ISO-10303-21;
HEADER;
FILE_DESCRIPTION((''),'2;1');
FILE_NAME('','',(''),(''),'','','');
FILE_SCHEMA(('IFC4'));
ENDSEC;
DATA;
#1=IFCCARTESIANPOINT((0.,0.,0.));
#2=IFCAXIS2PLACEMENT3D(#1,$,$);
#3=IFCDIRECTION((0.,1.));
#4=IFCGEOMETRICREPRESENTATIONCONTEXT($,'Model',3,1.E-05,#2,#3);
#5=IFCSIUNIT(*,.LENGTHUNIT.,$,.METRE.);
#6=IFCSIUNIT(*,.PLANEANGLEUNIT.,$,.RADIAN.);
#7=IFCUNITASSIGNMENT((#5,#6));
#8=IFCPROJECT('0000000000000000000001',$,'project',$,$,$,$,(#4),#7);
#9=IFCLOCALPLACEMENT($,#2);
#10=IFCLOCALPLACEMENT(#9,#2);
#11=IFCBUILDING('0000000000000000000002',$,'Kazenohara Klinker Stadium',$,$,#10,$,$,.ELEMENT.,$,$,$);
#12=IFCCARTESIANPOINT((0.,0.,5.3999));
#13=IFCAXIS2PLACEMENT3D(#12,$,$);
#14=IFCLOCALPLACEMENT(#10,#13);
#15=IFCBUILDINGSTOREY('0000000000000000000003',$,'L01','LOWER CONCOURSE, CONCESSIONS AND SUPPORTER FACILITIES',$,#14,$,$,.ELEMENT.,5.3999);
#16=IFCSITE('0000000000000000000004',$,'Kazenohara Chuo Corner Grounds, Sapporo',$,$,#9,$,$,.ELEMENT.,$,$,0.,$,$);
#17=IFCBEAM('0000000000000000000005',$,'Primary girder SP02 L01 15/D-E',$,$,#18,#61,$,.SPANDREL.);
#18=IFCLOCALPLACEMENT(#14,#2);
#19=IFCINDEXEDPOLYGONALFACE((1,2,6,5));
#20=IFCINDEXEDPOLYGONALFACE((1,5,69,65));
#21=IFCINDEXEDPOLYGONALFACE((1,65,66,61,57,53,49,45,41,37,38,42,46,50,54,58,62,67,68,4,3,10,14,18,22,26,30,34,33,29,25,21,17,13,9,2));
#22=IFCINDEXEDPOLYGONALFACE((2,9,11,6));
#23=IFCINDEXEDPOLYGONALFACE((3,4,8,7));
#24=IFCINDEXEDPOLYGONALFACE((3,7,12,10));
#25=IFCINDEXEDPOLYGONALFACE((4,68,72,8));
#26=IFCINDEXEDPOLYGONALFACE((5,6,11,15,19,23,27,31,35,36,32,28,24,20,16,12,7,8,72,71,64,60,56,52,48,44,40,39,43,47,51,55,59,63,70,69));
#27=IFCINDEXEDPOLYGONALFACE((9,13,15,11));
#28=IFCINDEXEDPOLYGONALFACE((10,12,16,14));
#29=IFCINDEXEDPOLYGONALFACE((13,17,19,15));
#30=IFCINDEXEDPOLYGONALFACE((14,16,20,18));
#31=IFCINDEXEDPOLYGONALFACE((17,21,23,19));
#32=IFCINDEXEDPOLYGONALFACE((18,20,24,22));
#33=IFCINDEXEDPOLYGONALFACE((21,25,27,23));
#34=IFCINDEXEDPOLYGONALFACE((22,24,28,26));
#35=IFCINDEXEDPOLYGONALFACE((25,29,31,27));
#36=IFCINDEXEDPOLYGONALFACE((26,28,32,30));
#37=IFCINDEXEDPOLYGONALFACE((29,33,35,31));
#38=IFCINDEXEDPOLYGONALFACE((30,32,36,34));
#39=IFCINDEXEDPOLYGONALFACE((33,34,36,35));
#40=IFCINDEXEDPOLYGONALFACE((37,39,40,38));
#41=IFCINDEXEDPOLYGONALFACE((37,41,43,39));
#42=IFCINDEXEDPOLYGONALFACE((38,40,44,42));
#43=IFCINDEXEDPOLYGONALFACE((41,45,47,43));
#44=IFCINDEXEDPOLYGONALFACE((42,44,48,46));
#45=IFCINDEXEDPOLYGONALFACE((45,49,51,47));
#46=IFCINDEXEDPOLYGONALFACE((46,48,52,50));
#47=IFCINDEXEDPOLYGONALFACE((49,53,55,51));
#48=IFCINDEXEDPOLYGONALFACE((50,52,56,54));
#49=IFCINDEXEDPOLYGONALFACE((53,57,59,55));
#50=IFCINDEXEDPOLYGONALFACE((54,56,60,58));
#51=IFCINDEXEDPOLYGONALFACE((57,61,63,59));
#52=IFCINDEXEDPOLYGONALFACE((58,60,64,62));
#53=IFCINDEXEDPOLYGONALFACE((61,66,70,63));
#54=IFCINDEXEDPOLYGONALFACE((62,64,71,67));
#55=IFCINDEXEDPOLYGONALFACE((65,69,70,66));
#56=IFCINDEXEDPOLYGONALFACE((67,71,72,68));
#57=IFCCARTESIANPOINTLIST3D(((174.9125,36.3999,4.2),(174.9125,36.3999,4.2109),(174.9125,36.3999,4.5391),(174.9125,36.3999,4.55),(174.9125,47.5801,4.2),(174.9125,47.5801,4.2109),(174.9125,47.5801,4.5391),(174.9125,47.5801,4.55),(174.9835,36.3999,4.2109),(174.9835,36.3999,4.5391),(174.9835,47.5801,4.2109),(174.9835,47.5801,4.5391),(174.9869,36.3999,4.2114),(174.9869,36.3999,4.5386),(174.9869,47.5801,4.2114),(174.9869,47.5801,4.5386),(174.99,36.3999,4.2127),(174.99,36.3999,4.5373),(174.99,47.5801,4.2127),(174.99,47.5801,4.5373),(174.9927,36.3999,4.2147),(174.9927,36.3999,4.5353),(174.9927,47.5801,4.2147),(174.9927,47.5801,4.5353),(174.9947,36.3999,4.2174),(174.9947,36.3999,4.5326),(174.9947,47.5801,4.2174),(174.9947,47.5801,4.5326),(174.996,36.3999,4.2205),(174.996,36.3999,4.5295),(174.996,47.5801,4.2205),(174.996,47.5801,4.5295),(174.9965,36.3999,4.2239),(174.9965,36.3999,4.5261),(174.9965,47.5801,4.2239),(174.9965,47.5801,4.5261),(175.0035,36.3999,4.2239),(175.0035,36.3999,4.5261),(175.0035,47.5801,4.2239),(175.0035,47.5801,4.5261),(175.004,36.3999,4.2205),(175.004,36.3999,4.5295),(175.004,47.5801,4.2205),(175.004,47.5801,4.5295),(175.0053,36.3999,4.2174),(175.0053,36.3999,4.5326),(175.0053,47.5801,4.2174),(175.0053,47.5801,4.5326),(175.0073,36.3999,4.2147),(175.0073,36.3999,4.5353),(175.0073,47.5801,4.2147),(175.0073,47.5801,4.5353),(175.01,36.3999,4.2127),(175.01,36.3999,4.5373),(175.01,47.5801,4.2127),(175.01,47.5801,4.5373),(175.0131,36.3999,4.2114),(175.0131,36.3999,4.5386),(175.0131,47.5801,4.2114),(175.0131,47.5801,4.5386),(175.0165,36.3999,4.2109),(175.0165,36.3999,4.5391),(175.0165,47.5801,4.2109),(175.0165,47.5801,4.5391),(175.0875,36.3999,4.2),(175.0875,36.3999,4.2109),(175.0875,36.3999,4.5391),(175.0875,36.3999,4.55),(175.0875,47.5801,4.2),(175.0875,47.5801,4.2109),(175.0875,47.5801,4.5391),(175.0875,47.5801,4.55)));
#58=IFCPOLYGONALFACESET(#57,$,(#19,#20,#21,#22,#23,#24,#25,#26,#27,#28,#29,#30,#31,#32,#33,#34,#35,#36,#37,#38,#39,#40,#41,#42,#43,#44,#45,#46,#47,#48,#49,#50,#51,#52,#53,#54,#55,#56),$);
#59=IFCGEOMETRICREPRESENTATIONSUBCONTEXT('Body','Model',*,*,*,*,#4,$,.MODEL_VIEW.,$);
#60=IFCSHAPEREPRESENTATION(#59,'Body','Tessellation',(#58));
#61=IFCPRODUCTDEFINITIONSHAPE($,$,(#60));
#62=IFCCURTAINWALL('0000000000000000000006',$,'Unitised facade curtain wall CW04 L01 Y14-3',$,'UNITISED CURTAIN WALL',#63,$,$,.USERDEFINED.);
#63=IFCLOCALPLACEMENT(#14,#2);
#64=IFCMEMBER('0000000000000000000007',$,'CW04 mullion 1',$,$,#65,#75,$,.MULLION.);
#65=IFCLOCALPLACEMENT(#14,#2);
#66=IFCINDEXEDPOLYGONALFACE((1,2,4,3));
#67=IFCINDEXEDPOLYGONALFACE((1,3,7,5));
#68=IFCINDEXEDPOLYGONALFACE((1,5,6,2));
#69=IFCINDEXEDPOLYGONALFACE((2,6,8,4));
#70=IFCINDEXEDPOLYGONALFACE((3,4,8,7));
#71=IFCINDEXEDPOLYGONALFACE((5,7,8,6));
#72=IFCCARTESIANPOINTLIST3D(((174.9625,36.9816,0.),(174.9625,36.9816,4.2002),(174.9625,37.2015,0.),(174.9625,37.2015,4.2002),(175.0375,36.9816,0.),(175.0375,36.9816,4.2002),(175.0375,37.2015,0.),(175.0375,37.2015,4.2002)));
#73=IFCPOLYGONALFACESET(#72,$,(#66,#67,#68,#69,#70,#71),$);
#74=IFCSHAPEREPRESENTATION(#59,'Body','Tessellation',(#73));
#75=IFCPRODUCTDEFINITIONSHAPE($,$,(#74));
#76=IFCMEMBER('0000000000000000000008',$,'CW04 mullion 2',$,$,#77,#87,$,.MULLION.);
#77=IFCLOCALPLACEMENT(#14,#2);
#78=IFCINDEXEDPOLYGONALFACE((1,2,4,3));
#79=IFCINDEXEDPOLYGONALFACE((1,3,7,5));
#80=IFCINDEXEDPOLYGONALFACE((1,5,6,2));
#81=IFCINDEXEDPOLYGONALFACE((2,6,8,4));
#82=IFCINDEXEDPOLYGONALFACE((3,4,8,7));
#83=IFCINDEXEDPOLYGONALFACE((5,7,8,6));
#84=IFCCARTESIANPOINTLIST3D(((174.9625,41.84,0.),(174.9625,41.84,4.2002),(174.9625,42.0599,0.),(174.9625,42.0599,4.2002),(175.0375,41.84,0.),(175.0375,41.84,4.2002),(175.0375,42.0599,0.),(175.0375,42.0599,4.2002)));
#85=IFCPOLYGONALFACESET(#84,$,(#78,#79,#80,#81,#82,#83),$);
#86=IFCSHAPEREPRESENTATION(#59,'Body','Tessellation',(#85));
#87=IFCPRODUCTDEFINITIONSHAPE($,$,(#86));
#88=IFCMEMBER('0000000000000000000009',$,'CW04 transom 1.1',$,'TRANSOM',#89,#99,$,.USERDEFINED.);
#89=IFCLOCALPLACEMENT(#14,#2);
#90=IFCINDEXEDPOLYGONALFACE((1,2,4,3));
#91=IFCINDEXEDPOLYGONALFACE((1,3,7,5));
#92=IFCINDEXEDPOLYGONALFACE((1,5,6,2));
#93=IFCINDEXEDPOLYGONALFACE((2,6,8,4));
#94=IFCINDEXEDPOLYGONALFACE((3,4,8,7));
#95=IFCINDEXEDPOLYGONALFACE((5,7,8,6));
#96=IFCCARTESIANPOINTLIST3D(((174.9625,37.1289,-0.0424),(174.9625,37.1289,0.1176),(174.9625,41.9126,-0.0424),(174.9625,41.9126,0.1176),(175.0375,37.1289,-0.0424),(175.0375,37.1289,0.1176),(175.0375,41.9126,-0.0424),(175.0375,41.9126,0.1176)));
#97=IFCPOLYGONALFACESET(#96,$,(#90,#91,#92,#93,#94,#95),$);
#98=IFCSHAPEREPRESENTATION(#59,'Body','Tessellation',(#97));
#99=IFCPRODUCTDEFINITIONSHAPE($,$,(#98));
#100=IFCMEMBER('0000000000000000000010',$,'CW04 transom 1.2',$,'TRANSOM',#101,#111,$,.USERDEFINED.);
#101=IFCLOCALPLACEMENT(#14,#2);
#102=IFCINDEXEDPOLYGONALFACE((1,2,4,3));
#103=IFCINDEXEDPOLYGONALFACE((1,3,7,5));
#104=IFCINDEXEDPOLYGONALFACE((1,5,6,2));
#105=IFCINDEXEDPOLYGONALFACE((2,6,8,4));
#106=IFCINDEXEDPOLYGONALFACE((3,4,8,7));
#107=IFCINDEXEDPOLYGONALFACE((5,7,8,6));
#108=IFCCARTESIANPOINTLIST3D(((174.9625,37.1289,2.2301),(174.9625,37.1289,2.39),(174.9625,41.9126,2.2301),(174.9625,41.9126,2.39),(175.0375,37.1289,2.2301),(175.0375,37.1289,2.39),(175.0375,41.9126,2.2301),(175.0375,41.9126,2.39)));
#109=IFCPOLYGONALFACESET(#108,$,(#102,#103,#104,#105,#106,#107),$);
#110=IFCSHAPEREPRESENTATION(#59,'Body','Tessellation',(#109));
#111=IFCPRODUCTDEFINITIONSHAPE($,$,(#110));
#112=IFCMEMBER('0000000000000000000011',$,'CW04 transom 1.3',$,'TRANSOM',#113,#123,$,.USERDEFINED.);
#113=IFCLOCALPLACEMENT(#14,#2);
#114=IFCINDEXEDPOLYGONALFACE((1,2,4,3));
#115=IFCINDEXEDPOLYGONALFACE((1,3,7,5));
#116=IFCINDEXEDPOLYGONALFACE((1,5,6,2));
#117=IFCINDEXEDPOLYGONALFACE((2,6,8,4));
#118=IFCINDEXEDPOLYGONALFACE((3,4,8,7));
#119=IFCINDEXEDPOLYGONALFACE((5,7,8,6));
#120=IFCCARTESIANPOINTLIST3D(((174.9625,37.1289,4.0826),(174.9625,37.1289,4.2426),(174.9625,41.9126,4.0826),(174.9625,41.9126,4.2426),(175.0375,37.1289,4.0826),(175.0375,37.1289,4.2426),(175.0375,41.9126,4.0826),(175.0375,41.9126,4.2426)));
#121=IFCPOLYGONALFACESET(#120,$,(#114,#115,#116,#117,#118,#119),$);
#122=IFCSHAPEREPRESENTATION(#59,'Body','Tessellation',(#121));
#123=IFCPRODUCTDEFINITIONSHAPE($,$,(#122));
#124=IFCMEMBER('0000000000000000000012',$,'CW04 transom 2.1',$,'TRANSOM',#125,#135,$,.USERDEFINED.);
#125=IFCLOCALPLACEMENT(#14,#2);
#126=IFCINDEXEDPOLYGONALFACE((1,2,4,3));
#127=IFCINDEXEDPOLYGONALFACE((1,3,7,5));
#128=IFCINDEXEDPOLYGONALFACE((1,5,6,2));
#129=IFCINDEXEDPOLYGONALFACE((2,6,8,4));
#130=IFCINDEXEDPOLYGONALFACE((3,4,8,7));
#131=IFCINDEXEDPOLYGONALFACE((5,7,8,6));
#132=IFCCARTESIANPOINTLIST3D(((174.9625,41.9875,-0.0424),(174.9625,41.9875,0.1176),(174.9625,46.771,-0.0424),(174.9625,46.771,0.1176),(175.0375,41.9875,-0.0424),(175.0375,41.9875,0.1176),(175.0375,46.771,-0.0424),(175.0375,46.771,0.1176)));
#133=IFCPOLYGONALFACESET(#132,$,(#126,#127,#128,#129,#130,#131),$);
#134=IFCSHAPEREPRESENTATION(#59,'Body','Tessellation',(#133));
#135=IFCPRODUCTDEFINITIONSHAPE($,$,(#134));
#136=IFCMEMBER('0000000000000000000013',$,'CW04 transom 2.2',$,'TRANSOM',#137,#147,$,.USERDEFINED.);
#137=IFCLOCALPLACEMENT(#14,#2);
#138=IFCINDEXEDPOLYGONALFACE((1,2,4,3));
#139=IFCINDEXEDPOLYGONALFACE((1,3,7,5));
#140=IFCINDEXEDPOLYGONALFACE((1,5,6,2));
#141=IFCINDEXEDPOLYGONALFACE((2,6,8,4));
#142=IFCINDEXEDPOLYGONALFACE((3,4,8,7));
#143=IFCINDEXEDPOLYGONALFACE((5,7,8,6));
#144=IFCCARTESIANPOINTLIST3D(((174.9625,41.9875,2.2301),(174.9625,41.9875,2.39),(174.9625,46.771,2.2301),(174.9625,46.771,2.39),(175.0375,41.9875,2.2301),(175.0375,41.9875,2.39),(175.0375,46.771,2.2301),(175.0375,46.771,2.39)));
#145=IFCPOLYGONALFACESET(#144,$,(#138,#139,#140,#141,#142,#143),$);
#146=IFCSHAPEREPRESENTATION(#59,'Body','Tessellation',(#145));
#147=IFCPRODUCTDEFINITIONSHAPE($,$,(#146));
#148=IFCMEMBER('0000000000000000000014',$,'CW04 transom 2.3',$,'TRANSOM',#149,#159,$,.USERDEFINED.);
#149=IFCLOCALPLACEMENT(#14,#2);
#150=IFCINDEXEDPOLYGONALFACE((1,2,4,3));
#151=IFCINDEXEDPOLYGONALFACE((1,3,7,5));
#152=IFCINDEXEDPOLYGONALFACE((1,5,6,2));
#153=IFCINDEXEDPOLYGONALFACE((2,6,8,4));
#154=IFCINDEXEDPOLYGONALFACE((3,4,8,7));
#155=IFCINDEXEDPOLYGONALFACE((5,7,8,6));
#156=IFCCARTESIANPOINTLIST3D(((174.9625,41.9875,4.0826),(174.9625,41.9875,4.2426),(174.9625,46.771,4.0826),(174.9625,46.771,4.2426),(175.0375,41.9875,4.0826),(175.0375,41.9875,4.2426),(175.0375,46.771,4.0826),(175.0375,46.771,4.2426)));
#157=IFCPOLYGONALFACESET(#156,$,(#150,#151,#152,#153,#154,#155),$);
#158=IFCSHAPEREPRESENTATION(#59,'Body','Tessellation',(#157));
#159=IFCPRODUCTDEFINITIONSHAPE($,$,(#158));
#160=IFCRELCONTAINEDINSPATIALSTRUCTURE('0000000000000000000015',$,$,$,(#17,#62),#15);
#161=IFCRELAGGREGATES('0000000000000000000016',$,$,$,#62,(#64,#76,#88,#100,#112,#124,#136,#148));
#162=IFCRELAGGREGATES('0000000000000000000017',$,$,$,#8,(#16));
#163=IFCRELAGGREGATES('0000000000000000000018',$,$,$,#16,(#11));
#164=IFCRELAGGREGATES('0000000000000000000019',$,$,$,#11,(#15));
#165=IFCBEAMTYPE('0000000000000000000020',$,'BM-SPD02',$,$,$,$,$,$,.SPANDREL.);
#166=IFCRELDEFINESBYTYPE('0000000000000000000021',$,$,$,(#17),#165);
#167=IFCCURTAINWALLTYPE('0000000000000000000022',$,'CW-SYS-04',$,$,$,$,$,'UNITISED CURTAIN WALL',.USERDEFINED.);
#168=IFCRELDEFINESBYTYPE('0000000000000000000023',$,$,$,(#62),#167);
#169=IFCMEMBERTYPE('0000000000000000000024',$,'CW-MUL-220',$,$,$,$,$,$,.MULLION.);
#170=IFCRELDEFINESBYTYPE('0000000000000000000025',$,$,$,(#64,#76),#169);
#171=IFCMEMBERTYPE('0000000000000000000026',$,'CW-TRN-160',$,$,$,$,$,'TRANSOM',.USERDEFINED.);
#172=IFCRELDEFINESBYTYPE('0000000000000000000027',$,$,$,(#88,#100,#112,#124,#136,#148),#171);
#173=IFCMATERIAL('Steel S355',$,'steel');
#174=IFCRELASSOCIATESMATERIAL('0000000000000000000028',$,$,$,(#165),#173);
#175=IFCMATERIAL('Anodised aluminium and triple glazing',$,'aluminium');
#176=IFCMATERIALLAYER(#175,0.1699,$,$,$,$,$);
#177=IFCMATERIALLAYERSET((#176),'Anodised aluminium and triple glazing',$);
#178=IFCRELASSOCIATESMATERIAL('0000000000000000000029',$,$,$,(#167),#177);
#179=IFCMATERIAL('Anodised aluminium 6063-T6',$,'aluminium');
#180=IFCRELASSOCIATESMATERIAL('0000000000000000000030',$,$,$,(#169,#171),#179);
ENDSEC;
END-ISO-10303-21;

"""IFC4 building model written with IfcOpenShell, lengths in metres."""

from ifc_helpers import new_model, si_unit, direction, frame, origin, origin_2d, place, context, subcontext, project, spatial, rectangle, i_section, extrude, material, layer, layer_set, material_profile, profile_set, type_object, element, aggregate, save


model = new_model("IFC4")

# Units and contexts
model_context = context("Model", 3, precision=1e-05, world=origin(), true_north=direction((0.0, 1.0)))
body_context = subcontext(model_context, "Body", "Model", "MODEL_VIEW")
ifc_project = project(units=[si_unit("LENGTHUNIT", "METRE"), si_unit("PLANEANGLEUNIT", "RADIAN")], contexts=[model_context])

# Site, building, storey
site_placement = place(None, origin())
site = spatial("IfcSite", under=ifc_project, at=site_placement, Name="Kazenohara Chuo Corner Grounds, Sapporo", CompositionType="ELEMENT", RefElevation=0.0)
building_placement = place(site_placement, origin())
building = spatial("IfcBuilding", under=site, at=building_placement, Name="Kazenohara Klinker Stadium", CompositionType="ELEMENT")
storey_placement = place(building_placement, frame((0.0, 0.0, 5.3999)))
storey = spatial("IfcBuildingStorey", under=building, at=storey_placement, Name="L01", Description="LOWER CONCOURSE, CONCESSIONS AND SUPPORTER FACILITIES", CompositionType="ELEMENT", Elevation=5.3999)

# Beam
ifc_material_1 = material(Name="Steel S355", Category="steel")
ifc_material_profile_1 = material_profile(ifc_material_1, i_section(OverallWidth=0.175, OverallDepth=0.3501, WebThickness=0.0071, FlangeThickness=0.011, FilletRadius=0.0129, at=origin_2d()), Name="H-350x175x7x11")
ifc_profile_set_1 = profile_set([ifc_material_profile_1], Name="Steel S355")
beam_type = type_object("IfcBeamType", Name="BM-SPD02", PredefinedType="SPANDREL", material=ifc_profile_set_1)
beam_placement = place(storey_placement, frame((175.0, 36.3999, 4.375), z_axis=(0.0, 1.0, 0.0), x_axis=(-1.0, 0.0, 0.0)))
element("IfcBeam", 1, at=beam_placement, inside=storey, type_object=beam_type, Name="Primary girder SP02 L01 15/D-E", PredefinedType="SPANDREL", context=body_context, shape_type="SweptSolid", body=[
    extrude(i_section(OverallWidth=0.175, OverallDepth=0.3501, WebThickness=0.0071, FlangeThickness=0.011, FilletRadius=0.0129, at=origin_2d()), origin(), (0.0, 0.0, 1.0), 11.1802),
])

# Curtain wall, members
ifc_material_2 = material(Name="Anodised aluminium and triple glazing", Category="aluminium")
ifc_layer_1 = layer(ifc_material_2, 0.1699)
ifc_layer_set_1 = layer_set([ifc_layer_1], Name="Anodised aluminium and triple glazing")
curtain_wall_type = type_object("IfcCurtainWallType", Name="CW-SYS-04", ElementType="UNITISED CURTAIN WALL", PredefinedType="USERDEFINED", material=ifc_layer_set_1)
curtain_wall_placement = place(storey_placement, origin())
curtain_wall = element("IfcCurtainWall", 2, at=curtain_wall_placement, inside=storey, type_object=curtain_wall_type, Name="Unitised facade curtain wall CW04 L01 Y14-3", ObjectType="UNITISED CURTAIN WALL", PredefinedType="USERDEFINED")
ifc_material_3 = material(Name="Anodised aluminium 6063-T6", Category="aluminium")
ifc_material_profile_2 = material_profile(ifc_material_3, rectangle(XDim=0.075, YDim=0.22, at=origin_2d()), Name="ALU-MUL-75x220")
ifc_profile_set_2 = profile_set([ifc_material_profile_2], Name="Anodised aluminium 6063-T6")
member_type_1 = type_object("IfcMemberType", Name="CW-MUL-220", PredefinedType="MULLION", material=ifc_profile_set_2)
member_1_placement = place(storey_placement, frame((175.0, 37.0916, 0.0), z_axis=(0.0, 0.0, 1.0), x_axis=(-1.0, 0.0, 0.0)))
member_1 = element("IfcMember", 3, at=member_1_placement, type_object=member_type_1, Name="CW04 mullion 1", PredefinedType="MULLION", context=body_context, shape_type="SweptSolid", body=[
    extrude(rectangle(XDim=0.075, YDim=0.22, at=origin_2d()), origin(), (0.0, 0.0, 1.0), 4.2002),
])
member_2_placement = place(storey_placement, frame((175.0, 41.95, 0.0), z_axis=(0.0, 0.0, 1.0), x_axis=(-1.0, 0.0, 0.0)))
member_2 = element("IfcMember", 4, at=member_2_placement, type_object=member_type_1, Name="CW04 mullion 2", PredefinedType="MULLION", context=body_context, shape_type="SweptSolid", body=[
    extrude(rectangle(XDim=0.075, YDim=0.22, at=origin_2d()), origin(), (0.0, 0.0, 1.0), 4.2002),
])
ifc_material_profile_3 = material_profile(ifc_material_3, rectangle(XDim=0.075, YDim=0.1599, at=origin_2d()), Name="ALU-TRN-75x160")
ifc_profile_set_3 = profile_set([ifc_material_profile_3], Name="Anodised aluminium 6063-T6")
member_type_2 = type_object("IfcMemberType", Name="CW-TRN-160", ElementType="TRANSOM", PredefinedType="USERDEFINED", material=ifc_profile_set_3)
member_3_placement = place(storey_placement, frame((175.0, 37.1289, 0.0376), z_axis=(0.0, 1.0, 0.0), x_axis=(-1.0, 0.0, 0.0)))
member_3 = element("IfcMember", 5, at=member_3_placement, type_object=member_type_2, Name="CW04 transom 1.1", ObjectType="TRANSOM", PredefinedType="USERDEFINED", context=body_context, shape_type="SweptSolid", body=[
    extrude(rectangle(XDim=0.075, YDim=0.1599, at=origin_2d()), origin(), (0.0, 0.0, 1.0), 4.7837),
])
member_4_placement = place(storey_placement, frame((175.0, 37.1289, 2.3101), z_axis=(0.0, 1.0, 0.0), x_axis=(-1.0, 0.0, 0.0)))
member_4 = element("IfcMember", 6, at=member_4_placement, type_object=member_type_2, Name="CW04 transom 1.2", ObjectType="TRANSOM", PredefinedType="USERDEFINED", context=body_context, shape_type="SweptSolid", body=[
    extrude(rectangle(XDim=0.075, YDim=0.1599, at=origin_2d()), origin(), (0.0, 0.0, 1.0), 4.7837),
])
member_5_placement = place(storey_placement, frame((175.0, 37.1289, 4.1626), z_axis=(0.0, 1.0, 0.0), x_axis=(-1.0, 0.0, 0.0)))
member_5 = element("IfcMember", 7, at=member_5_placement, type_object=member_type_2, Name="CW04 transom 1.3", ObjectType="TRANSOM", PredefinedType="USERDEFINED", context=body_context, shape_type="SweptSolid", body=[
    extrude(rectangle(XDim=0.075, YDim=0.1599, at=origin_2d()), origin(), (0.0, 0.0, 1.0), 4.7837),
])
member_6_placement = place(storey_placement, frame((175.0, 41.9875, 0.0376), z_axis=(0.0, 1.0, 0.0), x_axis=(-1.0, 0.0, 0.0)))
member_6 = element("IfcMember", 8, at=member_6_placement, type_object=member_type_2, Name="CW04 transom 2.1", ObjectType="TRANSOM", PredefinedType="USERDEFINED", context=body_context, shape_type="SweptSolid", body=[
    extrude(rectangle(XDim=0.075, YDim=0.1599, at=origin_2d()), origin(), (0.0, 0.0, 1.0), 4.7834),
])
member_7_placement = place(storey_placement, frame((175.0, 41.9875, 2.3101), z_axis=(0.0, 1.0, 0.0), x_axis=(-1.0, 0.0, 0.0)))
member_7 = element("IfcMember", 9, at=member_7_placement, type_object=member_type_2, Name="CW04 transom 2.2", ObjectType="TRANSOM", PredefinedType="USERDEFINED", context=body_context, shape_type="SweptSolid", body=[
    extrude(rectangle(XDim=0.075, YDim=0.1599, at=origin_2d()), origin(), (0.0, 0.0, 1.0), 4.7834),
])
member_8_placement = place(storey_placement, frame((175.0, 41.9875, 4.1626), z_axis=(0.0, 1.0, 0.0), x_axis=(-1.0, 0.0, 0.0)))
member_8 = element("IfcMember", 10, at=member_8_placement, type_object=member_type_2, Name="CW04 transom 2.3", ObjectType="TRANSOM", PredefinedType="USERDEFINED", context=body_context, shape_type="SweptSolid", body=[
    extrude(rectangle(XDim=0.075, YDim=0.1599, at=origin_2d()), origin(), (0.0, 0.0, 1.0), 4.7834),
])

aggregate(curtain_wall, [member_1, member_2, member_3, member_4, member_5, member_6, member_7, member_8])

save(model, "model.ifc")
